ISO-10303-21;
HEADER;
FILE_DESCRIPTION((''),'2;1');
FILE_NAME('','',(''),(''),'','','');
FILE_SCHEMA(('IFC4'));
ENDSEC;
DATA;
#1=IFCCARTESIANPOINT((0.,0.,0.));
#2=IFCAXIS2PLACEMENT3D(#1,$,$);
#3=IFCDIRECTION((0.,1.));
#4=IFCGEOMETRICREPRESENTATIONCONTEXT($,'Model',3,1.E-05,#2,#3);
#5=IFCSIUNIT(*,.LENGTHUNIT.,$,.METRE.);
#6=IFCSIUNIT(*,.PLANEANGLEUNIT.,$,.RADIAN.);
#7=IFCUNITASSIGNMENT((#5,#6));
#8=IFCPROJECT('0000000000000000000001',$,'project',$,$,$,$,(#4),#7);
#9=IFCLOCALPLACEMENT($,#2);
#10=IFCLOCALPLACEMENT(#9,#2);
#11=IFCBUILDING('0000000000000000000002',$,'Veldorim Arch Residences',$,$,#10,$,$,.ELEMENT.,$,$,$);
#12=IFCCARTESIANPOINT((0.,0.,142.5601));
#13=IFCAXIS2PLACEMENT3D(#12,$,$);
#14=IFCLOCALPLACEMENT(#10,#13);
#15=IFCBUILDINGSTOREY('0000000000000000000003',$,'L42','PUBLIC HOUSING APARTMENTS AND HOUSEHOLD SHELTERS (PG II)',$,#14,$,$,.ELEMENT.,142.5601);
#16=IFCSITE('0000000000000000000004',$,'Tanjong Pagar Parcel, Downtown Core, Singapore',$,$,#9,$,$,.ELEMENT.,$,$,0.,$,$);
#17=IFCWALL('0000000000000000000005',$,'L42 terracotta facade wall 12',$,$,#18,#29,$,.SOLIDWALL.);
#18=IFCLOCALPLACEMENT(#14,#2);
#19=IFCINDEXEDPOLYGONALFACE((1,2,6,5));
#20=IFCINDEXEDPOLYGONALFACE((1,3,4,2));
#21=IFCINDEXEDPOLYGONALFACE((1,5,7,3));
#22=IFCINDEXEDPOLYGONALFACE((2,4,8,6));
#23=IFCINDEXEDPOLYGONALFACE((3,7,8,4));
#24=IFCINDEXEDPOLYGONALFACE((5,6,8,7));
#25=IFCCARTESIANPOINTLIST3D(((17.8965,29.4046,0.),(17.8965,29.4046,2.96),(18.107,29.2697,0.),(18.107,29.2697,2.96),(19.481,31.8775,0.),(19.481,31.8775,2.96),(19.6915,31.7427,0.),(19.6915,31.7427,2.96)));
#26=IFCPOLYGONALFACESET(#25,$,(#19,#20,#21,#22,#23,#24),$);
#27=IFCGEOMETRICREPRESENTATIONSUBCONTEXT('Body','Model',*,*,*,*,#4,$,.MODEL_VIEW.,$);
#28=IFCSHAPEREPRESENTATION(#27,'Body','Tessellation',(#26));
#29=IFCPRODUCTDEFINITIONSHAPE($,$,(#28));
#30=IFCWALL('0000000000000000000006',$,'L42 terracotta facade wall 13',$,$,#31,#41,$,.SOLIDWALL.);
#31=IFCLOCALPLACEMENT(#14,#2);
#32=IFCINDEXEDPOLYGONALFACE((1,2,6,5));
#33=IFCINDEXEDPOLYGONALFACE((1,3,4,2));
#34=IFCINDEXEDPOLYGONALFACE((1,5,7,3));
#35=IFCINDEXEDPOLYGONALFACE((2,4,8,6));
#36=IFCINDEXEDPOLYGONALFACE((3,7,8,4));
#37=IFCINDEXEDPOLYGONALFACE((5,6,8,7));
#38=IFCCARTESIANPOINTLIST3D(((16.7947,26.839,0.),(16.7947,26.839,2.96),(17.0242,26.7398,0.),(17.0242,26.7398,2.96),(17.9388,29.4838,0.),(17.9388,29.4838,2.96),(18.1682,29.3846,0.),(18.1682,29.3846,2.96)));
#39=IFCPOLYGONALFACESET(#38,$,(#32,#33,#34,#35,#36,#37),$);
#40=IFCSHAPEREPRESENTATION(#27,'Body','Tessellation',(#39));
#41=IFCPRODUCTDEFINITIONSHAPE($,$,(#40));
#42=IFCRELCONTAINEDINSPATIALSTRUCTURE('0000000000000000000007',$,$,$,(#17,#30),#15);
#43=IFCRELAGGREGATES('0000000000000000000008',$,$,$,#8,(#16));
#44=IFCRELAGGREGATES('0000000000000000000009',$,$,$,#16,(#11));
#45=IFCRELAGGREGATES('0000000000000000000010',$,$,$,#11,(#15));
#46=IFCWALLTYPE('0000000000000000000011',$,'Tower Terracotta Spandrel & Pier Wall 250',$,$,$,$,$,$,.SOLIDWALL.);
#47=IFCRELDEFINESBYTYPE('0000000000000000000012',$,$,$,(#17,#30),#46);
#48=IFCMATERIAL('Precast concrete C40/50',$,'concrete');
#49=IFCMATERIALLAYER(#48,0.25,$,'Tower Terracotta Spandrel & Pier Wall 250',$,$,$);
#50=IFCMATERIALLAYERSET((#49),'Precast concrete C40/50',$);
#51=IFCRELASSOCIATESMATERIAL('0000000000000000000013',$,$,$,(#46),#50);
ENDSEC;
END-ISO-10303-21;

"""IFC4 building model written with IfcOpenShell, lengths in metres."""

from ifc_helpers import new_model, si_unit, direction, frame, frame_2d, origin, place, context, subcontext, project, spatial, rectangle, extrude, material, layer, layer_set, type_object, element, save


model = new_model("IFC4")

# Units and contexts
model_context = context("Model", 3, precision=1e-05, world=origin(), true_north=direction((0.0, 1.0)))
body_context = subcontext(model_context, "Body", "Model", "MODEL_VIEW")
ifc_project = project(units=[si_unit("LENGTHUNIT", "METRE"), si_unit("PLANEANGLEUNIT", "RADIAN")], contexts=[model_context])

# Site, building, storey
site_placement = place(None, origin())
site = spatial("IfcSite", under=ifc_project, at=site_placement, Name="Tanjong Pagar Parcel, Downtown Core, Singapore", CompositionType="ELEMENT", RefElevation=0.0)
building_placement = place(site_placement, origin())
building = spatial("IfcBuilding", under=site, at=building_placement, Name="Veldorim Arch Residences", CompositionType="ELEMENT")
storey_placement = place(building_placement, frame((0.0, 0.0, 142.5601)))
storey = spatial("IfcBuildingStorey", under=building, at=storey_placement, Name="L42", Description="PUBLIC HOUSING APARTMENTS AND HOUSEHOLD SHELTERS (PG II)", CompositionType="ELEMENT", Elevation=142.5601)

# Walls
ifc_material_1 = material(Name="Precast concrete C40/50", Category="concrete")
ifc_layer_1 = layer(ifc_material_1, 0.25, Name="Tower Terracotta Spandrel & Pier Wall 250")
ifc_layer_set_1 = layer_set([ifc_layer_1], Name="Precast concrete C40/50")
wall_type_1 = type_object("IfcWallType", Name="Tower Terracotta Spandrel & Pier Wall 250", PredefinedType="SOLIDWALL", material=ifc_layer_set_1)
wall_1_placement = place(storey_placement, frame((18.0017, 29.3372, 0.0), z_axis=(0.0, 0.0, 1.0), x_axis=(0.539492, 0.84199, 0.0)))
element("IfcWall", 1, at=wall_1_placement, inside=storey, type_object=wall_type_1, Name="L42 terracotta facade wall 12", PredefinedType="SOLIDWALL", context=body_context, shape_type="SweptSolid", body=[
    extrude(rectangle(XDim=2.937, YDim=0.25, at=frame_2d((1.4685, 0.0))), origin(), (0.0, 0.0, 1.0), 2.96),
])
wall_2_placement = place(storey_placement, frame((16.9094, 26.7893, 0.0), z_axis=(0.0, 0.0, 1.0), x_axis=(0.397015, 0.917812, 0.0)))
element("IfcWall", 2, at=wall_2_placement, inside=storey, type_object=wall_type_1, Name="L42 terracotta facade wall 13", PredefinedType="SOLIDWALL", context=body_context, shape_type="SweptSolid", body=[
    extrude(rectangle(XDim=2.8816, YDim=0.25, at=frame_2d((1.4409, 0.0))), origin(), (0.0, 0.0, 1.0), 2.96),
])

save(model, "model.ifc")
